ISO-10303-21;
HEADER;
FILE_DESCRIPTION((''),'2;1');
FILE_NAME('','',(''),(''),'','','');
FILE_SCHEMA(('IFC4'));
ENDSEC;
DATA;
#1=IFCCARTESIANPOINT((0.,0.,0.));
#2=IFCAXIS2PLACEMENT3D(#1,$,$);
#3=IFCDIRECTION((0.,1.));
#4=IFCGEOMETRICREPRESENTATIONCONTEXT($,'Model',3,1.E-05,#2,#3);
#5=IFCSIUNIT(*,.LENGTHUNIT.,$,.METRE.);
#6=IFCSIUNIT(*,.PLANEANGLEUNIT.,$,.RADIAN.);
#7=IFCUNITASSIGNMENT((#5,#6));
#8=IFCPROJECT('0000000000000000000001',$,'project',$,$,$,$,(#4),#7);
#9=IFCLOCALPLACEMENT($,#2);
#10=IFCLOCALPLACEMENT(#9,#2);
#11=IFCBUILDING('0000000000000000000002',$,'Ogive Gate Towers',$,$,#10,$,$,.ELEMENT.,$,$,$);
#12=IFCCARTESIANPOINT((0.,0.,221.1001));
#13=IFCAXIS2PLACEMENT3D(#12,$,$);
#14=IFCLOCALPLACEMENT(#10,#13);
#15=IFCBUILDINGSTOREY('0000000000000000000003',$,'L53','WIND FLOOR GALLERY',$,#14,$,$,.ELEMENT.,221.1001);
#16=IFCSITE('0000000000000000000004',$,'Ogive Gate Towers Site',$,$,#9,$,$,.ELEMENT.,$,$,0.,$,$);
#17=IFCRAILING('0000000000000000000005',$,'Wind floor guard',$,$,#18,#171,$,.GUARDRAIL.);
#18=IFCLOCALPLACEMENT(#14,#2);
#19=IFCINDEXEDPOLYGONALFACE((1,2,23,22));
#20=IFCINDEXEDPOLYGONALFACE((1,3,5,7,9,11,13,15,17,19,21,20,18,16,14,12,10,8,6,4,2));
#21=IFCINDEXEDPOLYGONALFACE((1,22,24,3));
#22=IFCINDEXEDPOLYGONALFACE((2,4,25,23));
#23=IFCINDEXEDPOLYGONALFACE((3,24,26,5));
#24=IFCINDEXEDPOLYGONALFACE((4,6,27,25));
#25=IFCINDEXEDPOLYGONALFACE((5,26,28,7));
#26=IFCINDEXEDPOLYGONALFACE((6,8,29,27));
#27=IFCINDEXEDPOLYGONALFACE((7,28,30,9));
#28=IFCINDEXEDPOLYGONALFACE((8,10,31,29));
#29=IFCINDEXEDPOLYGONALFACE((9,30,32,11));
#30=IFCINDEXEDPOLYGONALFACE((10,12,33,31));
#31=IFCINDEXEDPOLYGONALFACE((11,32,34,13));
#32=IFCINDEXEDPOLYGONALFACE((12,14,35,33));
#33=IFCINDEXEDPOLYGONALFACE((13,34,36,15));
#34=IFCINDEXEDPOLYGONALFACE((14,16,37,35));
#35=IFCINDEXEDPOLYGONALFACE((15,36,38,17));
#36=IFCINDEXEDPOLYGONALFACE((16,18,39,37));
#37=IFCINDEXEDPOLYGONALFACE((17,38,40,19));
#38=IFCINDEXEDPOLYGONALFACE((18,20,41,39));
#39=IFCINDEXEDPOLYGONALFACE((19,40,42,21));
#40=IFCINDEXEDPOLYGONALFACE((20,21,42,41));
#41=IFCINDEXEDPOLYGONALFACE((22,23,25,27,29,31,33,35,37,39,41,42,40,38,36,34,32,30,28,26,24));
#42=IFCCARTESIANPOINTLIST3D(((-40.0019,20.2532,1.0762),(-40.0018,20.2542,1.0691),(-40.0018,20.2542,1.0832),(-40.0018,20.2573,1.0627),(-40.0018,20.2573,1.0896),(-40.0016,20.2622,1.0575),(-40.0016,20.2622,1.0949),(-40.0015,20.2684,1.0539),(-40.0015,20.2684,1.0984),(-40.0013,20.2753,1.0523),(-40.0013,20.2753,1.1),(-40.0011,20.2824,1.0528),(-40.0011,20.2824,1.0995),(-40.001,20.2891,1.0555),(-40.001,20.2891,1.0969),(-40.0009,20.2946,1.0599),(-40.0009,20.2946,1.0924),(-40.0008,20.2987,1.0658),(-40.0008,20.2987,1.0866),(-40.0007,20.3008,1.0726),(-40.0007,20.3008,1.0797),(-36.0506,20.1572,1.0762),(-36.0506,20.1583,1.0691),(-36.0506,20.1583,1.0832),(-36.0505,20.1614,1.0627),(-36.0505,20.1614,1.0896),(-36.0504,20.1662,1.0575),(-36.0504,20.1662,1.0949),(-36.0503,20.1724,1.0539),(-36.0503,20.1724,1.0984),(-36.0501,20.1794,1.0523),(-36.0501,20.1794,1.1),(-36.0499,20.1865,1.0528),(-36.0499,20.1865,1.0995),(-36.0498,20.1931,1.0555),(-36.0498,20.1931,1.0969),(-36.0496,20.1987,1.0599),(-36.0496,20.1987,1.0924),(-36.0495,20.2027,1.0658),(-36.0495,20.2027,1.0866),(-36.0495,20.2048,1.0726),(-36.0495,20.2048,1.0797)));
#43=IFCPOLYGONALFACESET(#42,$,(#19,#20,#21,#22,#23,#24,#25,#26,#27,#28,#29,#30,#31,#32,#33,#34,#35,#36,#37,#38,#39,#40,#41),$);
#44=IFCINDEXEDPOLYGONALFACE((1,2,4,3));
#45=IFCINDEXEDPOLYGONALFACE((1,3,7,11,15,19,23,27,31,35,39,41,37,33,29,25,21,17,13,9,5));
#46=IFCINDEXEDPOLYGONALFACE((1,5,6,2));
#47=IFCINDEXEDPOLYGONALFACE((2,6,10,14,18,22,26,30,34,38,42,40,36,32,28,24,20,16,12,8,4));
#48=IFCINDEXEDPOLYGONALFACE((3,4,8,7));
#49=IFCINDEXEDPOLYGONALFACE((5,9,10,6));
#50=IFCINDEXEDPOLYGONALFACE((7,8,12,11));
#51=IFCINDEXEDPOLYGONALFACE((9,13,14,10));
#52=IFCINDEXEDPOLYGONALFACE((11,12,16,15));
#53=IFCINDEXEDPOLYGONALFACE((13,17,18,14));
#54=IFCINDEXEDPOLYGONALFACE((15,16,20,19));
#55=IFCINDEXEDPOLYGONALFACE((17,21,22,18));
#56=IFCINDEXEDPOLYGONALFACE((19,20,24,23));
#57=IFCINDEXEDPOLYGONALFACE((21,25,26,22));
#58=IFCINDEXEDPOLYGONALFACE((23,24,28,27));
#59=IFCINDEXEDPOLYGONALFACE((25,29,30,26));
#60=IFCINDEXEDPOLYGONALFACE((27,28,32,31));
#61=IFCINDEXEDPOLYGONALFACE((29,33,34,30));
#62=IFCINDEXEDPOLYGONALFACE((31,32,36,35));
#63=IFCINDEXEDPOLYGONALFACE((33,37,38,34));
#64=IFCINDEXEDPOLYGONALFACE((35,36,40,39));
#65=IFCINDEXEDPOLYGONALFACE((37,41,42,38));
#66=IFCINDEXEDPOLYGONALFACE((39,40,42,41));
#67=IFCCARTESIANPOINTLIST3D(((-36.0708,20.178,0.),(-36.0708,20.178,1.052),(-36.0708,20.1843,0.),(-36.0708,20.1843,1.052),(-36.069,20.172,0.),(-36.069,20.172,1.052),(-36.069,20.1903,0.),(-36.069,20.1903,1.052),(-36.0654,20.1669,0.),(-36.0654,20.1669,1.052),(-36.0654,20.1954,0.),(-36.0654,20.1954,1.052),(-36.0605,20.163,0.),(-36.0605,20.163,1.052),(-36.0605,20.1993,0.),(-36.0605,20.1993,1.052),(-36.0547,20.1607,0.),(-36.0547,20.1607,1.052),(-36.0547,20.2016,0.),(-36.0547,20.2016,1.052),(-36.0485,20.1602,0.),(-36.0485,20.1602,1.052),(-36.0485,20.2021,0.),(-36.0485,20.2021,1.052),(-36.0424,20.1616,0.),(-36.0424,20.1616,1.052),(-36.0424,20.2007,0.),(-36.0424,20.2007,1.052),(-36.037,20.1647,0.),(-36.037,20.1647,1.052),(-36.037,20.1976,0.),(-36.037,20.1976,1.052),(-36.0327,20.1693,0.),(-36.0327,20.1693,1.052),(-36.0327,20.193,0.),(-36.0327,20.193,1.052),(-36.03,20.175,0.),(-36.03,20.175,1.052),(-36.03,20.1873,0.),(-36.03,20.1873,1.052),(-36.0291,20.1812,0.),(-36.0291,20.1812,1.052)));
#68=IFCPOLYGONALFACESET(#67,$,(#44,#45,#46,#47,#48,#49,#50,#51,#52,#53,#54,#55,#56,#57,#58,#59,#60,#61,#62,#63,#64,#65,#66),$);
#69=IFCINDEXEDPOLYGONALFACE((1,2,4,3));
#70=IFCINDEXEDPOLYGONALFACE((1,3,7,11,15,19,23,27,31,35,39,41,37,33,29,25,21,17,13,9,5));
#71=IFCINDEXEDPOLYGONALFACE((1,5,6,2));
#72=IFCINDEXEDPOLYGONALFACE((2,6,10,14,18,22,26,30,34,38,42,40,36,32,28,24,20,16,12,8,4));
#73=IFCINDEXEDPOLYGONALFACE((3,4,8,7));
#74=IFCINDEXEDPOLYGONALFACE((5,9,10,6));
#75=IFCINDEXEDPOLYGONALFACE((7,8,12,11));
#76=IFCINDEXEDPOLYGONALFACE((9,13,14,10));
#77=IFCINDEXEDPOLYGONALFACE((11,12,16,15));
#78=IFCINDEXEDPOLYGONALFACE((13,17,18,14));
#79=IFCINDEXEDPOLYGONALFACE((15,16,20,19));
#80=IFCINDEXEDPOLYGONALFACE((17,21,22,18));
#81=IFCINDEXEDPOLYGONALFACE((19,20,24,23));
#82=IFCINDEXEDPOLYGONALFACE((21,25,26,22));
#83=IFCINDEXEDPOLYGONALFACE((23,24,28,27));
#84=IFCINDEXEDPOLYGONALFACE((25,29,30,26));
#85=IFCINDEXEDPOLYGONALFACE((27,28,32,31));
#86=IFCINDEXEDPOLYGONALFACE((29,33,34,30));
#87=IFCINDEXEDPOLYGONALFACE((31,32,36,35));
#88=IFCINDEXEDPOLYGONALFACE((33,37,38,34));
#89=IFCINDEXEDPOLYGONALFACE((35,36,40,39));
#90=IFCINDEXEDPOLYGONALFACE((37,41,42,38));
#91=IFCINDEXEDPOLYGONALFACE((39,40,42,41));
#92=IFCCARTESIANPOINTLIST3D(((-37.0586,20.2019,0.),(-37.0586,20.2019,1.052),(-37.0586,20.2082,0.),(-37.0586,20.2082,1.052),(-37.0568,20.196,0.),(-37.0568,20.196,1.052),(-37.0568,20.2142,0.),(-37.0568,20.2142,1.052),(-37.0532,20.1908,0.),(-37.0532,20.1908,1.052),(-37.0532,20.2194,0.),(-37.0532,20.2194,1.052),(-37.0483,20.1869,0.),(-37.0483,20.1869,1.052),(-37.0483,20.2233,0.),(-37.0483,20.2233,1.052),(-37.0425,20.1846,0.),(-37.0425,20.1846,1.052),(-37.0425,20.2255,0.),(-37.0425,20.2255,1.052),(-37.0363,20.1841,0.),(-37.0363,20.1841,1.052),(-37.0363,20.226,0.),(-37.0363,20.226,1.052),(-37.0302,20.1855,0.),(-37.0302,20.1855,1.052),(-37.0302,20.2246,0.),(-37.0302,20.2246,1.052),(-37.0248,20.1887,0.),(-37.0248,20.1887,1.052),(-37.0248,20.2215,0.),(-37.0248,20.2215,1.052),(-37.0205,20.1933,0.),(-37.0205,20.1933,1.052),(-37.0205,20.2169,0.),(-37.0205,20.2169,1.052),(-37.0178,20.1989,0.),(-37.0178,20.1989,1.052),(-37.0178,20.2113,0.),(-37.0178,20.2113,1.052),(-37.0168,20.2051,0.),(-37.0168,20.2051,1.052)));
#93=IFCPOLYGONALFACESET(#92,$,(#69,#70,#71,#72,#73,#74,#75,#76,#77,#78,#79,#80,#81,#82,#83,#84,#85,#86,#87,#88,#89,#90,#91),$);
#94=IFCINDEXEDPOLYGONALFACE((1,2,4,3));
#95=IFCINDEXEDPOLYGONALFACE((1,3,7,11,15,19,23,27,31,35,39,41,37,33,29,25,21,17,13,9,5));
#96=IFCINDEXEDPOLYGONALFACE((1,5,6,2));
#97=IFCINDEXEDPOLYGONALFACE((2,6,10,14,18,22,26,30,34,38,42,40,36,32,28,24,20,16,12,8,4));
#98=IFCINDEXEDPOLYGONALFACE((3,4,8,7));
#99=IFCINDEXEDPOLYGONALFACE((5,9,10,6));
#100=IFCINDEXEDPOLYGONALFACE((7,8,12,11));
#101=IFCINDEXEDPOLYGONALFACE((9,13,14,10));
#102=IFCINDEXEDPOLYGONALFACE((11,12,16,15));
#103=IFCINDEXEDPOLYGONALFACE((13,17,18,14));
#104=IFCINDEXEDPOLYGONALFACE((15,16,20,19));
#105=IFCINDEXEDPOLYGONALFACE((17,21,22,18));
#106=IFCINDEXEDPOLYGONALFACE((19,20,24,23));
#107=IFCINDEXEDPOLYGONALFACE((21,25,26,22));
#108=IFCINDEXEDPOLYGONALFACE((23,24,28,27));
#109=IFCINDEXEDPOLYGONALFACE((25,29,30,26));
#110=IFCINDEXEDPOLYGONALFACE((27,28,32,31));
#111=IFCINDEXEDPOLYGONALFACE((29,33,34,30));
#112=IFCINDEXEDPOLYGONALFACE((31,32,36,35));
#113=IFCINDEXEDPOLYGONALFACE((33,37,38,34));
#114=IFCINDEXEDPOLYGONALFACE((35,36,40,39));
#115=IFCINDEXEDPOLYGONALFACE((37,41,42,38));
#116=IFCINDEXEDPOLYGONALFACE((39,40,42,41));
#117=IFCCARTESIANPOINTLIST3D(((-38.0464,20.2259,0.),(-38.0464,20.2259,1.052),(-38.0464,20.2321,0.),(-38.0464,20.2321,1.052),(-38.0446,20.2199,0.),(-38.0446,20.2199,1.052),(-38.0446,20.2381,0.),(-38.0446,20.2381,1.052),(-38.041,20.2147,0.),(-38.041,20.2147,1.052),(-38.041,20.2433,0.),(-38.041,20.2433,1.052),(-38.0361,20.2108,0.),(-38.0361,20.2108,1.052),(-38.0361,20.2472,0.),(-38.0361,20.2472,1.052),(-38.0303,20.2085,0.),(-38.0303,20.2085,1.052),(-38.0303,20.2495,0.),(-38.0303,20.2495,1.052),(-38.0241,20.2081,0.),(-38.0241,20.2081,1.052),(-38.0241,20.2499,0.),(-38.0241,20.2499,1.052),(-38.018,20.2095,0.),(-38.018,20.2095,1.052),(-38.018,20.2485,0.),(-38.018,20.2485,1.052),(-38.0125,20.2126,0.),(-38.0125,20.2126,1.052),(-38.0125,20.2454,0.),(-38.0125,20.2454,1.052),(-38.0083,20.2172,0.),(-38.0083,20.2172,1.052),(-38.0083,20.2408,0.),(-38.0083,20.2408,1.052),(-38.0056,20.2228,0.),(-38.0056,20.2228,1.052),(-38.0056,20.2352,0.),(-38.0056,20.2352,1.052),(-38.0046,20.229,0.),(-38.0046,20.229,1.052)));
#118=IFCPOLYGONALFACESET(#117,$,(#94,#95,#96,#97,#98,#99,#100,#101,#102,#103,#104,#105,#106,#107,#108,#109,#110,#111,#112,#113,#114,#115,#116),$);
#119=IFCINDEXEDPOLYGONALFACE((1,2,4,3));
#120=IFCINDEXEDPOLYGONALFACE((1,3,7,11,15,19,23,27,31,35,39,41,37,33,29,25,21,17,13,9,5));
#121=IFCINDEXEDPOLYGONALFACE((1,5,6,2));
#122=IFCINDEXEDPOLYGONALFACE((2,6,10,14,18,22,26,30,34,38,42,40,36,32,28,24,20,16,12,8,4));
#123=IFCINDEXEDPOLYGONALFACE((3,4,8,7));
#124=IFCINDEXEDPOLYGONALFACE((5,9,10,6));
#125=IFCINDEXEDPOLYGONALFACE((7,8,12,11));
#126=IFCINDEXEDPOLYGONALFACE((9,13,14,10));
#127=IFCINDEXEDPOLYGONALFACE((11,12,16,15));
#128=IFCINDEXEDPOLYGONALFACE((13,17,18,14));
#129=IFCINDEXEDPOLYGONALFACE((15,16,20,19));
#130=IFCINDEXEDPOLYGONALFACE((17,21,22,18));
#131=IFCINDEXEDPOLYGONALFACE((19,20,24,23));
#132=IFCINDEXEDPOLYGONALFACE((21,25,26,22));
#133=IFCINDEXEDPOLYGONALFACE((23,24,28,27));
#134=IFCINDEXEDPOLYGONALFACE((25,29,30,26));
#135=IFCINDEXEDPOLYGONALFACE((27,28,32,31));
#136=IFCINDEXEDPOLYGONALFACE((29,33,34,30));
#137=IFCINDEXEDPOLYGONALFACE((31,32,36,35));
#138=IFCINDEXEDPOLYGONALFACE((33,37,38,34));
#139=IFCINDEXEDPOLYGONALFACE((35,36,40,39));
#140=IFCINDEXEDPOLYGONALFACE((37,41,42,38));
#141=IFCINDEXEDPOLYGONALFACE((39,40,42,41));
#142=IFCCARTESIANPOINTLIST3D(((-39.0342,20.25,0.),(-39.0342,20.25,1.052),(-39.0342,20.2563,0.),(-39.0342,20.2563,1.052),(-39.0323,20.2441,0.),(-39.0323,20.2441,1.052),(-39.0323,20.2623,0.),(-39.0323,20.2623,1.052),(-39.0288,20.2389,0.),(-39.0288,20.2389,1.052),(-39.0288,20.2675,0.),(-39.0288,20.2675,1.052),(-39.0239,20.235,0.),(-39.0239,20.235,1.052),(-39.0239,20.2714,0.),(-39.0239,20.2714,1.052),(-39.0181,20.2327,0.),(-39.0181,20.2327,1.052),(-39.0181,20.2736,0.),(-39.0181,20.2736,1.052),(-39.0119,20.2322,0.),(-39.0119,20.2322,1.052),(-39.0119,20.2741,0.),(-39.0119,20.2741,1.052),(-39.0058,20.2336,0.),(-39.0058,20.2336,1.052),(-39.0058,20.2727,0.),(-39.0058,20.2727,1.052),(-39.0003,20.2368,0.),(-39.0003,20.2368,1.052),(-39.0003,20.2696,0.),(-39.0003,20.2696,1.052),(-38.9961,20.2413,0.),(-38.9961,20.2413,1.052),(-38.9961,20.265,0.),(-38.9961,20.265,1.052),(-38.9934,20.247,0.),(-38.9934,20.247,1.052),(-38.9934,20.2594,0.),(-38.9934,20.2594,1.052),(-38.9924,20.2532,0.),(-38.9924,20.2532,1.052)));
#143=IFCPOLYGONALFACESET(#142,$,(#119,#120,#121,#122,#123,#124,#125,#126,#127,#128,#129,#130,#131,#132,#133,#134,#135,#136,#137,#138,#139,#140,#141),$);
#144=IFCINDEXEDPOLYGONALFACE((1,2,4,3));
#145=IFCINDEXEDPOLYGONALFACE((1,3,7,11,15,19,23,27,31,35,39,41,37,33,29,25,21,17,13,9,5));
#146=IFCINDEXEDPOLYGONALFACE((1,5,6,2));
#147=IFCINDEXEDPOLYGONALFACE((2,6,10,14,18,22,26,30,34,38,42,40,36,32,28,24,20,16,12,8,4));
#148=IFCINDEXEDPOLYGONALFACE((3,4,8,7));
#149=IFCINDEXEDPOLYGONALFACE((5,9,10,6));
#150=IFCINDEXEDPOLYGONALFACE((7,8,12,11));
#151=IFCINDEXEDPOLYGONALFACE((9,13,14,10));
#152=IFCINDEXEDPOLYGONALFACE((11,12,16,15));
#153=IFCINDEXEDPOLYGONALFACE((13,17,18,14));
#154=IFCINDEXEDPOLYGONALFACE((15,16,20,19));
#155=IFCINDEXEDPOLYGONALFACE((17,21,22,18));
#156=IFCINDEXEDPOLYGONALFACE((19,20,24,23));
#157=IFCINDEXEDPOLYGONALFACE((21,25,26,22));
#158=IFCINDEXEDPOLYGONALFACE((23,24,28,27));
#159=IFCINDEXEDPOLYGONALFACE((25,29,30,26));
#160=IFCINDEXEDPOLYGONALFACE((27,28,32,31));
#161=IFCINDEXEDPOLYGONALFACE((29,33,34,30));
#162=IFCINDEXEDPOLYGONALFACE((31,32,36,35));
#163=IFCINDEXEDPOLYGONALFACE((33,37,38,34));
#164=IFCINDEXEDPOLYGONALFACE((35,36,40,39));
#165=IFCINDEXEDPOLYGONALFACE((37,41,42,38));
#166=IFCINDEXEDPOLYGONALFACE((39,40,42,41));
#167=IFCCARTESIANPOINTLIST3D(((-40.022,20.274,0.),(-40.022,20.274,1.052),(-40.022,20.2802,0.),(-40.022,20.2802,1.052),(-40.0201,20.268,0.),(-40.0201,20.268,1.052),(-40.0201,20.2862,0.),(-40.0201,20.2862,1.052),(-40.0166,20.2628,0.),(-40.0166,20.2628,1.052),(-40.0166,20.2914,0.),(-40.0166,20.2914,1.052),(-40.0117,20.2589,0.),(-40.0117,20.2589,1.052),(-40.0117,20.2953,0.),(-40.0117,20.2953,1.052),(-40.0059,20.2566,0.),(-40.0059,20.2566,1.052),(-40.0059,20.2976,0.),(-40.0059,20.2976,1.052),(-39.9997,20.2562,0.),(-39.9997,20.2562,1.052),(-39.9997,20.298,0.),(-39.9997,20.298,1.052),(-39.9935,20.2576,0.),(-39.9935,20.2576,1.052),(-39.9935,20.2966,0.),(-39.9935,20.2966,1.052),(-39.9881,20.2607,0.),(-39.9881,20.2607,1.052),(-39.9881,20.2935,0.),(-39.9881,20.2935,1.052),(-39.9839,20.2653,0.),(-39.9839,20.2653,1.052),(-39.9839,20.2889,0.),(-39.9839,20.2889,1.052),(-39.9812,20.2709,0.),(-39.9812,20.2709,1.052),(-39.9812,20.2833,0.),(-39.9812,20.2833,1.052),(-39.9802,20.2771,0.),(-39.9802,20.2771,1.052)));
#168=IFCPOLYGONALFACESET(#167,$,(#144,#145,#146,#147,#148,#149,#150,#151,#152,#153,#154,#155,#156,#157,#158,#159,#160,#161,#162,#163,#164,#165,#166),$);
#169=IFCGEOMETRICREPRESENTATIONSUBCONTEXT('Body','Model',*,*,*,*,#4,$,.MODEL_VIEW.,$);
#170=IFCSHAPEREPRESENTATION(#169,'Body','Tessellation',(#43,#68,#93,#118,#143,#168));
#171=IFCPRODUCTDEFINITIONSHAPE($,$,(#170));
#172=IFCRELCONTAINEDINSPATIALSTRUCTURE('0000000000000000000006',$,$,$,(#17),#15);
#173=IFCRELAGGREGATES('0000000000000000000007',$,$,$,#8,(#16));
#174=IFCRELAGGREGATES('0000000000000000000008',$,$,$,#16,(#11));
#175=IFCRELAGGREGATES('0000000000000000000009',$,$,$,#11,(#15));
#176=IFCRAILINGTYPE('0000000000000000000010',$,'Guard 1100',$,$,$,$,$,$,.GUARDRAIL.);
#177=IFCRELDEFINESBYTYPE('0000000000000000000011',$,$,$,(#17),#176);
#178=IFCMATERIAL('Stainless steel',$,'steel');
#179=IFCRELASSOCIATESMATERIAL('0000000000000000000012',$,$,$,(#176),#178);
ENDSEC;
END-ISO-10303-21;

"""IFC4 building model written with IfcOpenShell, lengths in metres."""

from ifc_helpers import new_model, si_unit, direction, frame, origin, origin_2d, place, context, subcontext, project, spatial, circle, extrude, material, type_object, element, save


model = new_model("IFC4")

# Units and contexts
model_context = context("Model", 3, precision=1e-05, world=origin(), true_north=direction((0.0, 1.0)))
body_context = subcontext(model_context, "Body", "Model", "MODEL_VIEW")
ifc_project = project(units=[si_unit("LENGTHUNIT", "METRE"), si_unit("PLANEANGLEUNIT", "RADIAN")], contexts=[model_context])

# Site, building, storey
site_placement = place(None, origin())
site = spatial("IfcSite", under=ifc_project, at=site_placement, Name="Ogive Gate Towers Site", CompositionType="ELEMENT", RefElevation=0.0)
building_placement = place(site_placement, origin())
building = spatial("IfcBuilding", under=site, at=building_placement, Name="Ogive Gate Towers", CompositionType="ELEMENT")
storey_placement = place(building_placement, frame((0.0, 0.0, 221.1001)))
storey = spatial("IfcBuildingStorey", under=building, at=storey_placement, Name="L53", Description="WIND FLOOR GALLERY", CompositionType="ELEMENT", Elevation=221.1001)

# Railing
ifc_material_1 = material(Name="Stainless steel", Category="steel")
railing_type = type_object("IfcRailingType", Name="Guard 1100", PredefinedType="GUARDRAIL", material=ifc_material_1)
railing_1_placement = place(storey_placement, frame((-36.05, 20.1812, 0.0)))
element("IfcRailing", 1, at=railing_1_placement, inside=storey, type_object=railing_type, Name="Wind floor guard", PredefinedType="GUARDRAIL", context=body_context, shape_type="SweptSolid", body=[
    extrude(circle(Radius=0.0239, at=origin_2d()), frame((0.0, 0.0, 1.0762), z_axis=(-0.999705, 0.024276, 0.0), x_axis=(-0.024276, -0.999705, 0.0)), (0.0, 0.0, 1.0), 3.9524),
    extrude(circle(Radius=0.021, at=origin_2d()), origin(), (0.0, 0.0, 1.0), 1.052),
    extrude(circle(Radius=0.021, at=origin_2d()), frame((-0.9878, 0.0239, 0.0)), (0.0, 0.0, 1.0), 1.052),
    extrude(circle(Radius=0.021, at=origin_2d()), frame((-1.9756, 0.0479, 0.0)), (0.0, 0.0, 1.0), 1.052),
    extrude(circle(Radius=0.021, at=origin_2d()), frame((-2.9634, 0.072, 0.0)), (0.0, 0.0, 1.0), 1.052),
    extrude(circle(Radius=0.021, at=origin_2d()), frame((-3.9512, 0.0959, 0.0)), (0.0, 0.0, 1.0), 1.052),
])

save(model, "model.ifc")
